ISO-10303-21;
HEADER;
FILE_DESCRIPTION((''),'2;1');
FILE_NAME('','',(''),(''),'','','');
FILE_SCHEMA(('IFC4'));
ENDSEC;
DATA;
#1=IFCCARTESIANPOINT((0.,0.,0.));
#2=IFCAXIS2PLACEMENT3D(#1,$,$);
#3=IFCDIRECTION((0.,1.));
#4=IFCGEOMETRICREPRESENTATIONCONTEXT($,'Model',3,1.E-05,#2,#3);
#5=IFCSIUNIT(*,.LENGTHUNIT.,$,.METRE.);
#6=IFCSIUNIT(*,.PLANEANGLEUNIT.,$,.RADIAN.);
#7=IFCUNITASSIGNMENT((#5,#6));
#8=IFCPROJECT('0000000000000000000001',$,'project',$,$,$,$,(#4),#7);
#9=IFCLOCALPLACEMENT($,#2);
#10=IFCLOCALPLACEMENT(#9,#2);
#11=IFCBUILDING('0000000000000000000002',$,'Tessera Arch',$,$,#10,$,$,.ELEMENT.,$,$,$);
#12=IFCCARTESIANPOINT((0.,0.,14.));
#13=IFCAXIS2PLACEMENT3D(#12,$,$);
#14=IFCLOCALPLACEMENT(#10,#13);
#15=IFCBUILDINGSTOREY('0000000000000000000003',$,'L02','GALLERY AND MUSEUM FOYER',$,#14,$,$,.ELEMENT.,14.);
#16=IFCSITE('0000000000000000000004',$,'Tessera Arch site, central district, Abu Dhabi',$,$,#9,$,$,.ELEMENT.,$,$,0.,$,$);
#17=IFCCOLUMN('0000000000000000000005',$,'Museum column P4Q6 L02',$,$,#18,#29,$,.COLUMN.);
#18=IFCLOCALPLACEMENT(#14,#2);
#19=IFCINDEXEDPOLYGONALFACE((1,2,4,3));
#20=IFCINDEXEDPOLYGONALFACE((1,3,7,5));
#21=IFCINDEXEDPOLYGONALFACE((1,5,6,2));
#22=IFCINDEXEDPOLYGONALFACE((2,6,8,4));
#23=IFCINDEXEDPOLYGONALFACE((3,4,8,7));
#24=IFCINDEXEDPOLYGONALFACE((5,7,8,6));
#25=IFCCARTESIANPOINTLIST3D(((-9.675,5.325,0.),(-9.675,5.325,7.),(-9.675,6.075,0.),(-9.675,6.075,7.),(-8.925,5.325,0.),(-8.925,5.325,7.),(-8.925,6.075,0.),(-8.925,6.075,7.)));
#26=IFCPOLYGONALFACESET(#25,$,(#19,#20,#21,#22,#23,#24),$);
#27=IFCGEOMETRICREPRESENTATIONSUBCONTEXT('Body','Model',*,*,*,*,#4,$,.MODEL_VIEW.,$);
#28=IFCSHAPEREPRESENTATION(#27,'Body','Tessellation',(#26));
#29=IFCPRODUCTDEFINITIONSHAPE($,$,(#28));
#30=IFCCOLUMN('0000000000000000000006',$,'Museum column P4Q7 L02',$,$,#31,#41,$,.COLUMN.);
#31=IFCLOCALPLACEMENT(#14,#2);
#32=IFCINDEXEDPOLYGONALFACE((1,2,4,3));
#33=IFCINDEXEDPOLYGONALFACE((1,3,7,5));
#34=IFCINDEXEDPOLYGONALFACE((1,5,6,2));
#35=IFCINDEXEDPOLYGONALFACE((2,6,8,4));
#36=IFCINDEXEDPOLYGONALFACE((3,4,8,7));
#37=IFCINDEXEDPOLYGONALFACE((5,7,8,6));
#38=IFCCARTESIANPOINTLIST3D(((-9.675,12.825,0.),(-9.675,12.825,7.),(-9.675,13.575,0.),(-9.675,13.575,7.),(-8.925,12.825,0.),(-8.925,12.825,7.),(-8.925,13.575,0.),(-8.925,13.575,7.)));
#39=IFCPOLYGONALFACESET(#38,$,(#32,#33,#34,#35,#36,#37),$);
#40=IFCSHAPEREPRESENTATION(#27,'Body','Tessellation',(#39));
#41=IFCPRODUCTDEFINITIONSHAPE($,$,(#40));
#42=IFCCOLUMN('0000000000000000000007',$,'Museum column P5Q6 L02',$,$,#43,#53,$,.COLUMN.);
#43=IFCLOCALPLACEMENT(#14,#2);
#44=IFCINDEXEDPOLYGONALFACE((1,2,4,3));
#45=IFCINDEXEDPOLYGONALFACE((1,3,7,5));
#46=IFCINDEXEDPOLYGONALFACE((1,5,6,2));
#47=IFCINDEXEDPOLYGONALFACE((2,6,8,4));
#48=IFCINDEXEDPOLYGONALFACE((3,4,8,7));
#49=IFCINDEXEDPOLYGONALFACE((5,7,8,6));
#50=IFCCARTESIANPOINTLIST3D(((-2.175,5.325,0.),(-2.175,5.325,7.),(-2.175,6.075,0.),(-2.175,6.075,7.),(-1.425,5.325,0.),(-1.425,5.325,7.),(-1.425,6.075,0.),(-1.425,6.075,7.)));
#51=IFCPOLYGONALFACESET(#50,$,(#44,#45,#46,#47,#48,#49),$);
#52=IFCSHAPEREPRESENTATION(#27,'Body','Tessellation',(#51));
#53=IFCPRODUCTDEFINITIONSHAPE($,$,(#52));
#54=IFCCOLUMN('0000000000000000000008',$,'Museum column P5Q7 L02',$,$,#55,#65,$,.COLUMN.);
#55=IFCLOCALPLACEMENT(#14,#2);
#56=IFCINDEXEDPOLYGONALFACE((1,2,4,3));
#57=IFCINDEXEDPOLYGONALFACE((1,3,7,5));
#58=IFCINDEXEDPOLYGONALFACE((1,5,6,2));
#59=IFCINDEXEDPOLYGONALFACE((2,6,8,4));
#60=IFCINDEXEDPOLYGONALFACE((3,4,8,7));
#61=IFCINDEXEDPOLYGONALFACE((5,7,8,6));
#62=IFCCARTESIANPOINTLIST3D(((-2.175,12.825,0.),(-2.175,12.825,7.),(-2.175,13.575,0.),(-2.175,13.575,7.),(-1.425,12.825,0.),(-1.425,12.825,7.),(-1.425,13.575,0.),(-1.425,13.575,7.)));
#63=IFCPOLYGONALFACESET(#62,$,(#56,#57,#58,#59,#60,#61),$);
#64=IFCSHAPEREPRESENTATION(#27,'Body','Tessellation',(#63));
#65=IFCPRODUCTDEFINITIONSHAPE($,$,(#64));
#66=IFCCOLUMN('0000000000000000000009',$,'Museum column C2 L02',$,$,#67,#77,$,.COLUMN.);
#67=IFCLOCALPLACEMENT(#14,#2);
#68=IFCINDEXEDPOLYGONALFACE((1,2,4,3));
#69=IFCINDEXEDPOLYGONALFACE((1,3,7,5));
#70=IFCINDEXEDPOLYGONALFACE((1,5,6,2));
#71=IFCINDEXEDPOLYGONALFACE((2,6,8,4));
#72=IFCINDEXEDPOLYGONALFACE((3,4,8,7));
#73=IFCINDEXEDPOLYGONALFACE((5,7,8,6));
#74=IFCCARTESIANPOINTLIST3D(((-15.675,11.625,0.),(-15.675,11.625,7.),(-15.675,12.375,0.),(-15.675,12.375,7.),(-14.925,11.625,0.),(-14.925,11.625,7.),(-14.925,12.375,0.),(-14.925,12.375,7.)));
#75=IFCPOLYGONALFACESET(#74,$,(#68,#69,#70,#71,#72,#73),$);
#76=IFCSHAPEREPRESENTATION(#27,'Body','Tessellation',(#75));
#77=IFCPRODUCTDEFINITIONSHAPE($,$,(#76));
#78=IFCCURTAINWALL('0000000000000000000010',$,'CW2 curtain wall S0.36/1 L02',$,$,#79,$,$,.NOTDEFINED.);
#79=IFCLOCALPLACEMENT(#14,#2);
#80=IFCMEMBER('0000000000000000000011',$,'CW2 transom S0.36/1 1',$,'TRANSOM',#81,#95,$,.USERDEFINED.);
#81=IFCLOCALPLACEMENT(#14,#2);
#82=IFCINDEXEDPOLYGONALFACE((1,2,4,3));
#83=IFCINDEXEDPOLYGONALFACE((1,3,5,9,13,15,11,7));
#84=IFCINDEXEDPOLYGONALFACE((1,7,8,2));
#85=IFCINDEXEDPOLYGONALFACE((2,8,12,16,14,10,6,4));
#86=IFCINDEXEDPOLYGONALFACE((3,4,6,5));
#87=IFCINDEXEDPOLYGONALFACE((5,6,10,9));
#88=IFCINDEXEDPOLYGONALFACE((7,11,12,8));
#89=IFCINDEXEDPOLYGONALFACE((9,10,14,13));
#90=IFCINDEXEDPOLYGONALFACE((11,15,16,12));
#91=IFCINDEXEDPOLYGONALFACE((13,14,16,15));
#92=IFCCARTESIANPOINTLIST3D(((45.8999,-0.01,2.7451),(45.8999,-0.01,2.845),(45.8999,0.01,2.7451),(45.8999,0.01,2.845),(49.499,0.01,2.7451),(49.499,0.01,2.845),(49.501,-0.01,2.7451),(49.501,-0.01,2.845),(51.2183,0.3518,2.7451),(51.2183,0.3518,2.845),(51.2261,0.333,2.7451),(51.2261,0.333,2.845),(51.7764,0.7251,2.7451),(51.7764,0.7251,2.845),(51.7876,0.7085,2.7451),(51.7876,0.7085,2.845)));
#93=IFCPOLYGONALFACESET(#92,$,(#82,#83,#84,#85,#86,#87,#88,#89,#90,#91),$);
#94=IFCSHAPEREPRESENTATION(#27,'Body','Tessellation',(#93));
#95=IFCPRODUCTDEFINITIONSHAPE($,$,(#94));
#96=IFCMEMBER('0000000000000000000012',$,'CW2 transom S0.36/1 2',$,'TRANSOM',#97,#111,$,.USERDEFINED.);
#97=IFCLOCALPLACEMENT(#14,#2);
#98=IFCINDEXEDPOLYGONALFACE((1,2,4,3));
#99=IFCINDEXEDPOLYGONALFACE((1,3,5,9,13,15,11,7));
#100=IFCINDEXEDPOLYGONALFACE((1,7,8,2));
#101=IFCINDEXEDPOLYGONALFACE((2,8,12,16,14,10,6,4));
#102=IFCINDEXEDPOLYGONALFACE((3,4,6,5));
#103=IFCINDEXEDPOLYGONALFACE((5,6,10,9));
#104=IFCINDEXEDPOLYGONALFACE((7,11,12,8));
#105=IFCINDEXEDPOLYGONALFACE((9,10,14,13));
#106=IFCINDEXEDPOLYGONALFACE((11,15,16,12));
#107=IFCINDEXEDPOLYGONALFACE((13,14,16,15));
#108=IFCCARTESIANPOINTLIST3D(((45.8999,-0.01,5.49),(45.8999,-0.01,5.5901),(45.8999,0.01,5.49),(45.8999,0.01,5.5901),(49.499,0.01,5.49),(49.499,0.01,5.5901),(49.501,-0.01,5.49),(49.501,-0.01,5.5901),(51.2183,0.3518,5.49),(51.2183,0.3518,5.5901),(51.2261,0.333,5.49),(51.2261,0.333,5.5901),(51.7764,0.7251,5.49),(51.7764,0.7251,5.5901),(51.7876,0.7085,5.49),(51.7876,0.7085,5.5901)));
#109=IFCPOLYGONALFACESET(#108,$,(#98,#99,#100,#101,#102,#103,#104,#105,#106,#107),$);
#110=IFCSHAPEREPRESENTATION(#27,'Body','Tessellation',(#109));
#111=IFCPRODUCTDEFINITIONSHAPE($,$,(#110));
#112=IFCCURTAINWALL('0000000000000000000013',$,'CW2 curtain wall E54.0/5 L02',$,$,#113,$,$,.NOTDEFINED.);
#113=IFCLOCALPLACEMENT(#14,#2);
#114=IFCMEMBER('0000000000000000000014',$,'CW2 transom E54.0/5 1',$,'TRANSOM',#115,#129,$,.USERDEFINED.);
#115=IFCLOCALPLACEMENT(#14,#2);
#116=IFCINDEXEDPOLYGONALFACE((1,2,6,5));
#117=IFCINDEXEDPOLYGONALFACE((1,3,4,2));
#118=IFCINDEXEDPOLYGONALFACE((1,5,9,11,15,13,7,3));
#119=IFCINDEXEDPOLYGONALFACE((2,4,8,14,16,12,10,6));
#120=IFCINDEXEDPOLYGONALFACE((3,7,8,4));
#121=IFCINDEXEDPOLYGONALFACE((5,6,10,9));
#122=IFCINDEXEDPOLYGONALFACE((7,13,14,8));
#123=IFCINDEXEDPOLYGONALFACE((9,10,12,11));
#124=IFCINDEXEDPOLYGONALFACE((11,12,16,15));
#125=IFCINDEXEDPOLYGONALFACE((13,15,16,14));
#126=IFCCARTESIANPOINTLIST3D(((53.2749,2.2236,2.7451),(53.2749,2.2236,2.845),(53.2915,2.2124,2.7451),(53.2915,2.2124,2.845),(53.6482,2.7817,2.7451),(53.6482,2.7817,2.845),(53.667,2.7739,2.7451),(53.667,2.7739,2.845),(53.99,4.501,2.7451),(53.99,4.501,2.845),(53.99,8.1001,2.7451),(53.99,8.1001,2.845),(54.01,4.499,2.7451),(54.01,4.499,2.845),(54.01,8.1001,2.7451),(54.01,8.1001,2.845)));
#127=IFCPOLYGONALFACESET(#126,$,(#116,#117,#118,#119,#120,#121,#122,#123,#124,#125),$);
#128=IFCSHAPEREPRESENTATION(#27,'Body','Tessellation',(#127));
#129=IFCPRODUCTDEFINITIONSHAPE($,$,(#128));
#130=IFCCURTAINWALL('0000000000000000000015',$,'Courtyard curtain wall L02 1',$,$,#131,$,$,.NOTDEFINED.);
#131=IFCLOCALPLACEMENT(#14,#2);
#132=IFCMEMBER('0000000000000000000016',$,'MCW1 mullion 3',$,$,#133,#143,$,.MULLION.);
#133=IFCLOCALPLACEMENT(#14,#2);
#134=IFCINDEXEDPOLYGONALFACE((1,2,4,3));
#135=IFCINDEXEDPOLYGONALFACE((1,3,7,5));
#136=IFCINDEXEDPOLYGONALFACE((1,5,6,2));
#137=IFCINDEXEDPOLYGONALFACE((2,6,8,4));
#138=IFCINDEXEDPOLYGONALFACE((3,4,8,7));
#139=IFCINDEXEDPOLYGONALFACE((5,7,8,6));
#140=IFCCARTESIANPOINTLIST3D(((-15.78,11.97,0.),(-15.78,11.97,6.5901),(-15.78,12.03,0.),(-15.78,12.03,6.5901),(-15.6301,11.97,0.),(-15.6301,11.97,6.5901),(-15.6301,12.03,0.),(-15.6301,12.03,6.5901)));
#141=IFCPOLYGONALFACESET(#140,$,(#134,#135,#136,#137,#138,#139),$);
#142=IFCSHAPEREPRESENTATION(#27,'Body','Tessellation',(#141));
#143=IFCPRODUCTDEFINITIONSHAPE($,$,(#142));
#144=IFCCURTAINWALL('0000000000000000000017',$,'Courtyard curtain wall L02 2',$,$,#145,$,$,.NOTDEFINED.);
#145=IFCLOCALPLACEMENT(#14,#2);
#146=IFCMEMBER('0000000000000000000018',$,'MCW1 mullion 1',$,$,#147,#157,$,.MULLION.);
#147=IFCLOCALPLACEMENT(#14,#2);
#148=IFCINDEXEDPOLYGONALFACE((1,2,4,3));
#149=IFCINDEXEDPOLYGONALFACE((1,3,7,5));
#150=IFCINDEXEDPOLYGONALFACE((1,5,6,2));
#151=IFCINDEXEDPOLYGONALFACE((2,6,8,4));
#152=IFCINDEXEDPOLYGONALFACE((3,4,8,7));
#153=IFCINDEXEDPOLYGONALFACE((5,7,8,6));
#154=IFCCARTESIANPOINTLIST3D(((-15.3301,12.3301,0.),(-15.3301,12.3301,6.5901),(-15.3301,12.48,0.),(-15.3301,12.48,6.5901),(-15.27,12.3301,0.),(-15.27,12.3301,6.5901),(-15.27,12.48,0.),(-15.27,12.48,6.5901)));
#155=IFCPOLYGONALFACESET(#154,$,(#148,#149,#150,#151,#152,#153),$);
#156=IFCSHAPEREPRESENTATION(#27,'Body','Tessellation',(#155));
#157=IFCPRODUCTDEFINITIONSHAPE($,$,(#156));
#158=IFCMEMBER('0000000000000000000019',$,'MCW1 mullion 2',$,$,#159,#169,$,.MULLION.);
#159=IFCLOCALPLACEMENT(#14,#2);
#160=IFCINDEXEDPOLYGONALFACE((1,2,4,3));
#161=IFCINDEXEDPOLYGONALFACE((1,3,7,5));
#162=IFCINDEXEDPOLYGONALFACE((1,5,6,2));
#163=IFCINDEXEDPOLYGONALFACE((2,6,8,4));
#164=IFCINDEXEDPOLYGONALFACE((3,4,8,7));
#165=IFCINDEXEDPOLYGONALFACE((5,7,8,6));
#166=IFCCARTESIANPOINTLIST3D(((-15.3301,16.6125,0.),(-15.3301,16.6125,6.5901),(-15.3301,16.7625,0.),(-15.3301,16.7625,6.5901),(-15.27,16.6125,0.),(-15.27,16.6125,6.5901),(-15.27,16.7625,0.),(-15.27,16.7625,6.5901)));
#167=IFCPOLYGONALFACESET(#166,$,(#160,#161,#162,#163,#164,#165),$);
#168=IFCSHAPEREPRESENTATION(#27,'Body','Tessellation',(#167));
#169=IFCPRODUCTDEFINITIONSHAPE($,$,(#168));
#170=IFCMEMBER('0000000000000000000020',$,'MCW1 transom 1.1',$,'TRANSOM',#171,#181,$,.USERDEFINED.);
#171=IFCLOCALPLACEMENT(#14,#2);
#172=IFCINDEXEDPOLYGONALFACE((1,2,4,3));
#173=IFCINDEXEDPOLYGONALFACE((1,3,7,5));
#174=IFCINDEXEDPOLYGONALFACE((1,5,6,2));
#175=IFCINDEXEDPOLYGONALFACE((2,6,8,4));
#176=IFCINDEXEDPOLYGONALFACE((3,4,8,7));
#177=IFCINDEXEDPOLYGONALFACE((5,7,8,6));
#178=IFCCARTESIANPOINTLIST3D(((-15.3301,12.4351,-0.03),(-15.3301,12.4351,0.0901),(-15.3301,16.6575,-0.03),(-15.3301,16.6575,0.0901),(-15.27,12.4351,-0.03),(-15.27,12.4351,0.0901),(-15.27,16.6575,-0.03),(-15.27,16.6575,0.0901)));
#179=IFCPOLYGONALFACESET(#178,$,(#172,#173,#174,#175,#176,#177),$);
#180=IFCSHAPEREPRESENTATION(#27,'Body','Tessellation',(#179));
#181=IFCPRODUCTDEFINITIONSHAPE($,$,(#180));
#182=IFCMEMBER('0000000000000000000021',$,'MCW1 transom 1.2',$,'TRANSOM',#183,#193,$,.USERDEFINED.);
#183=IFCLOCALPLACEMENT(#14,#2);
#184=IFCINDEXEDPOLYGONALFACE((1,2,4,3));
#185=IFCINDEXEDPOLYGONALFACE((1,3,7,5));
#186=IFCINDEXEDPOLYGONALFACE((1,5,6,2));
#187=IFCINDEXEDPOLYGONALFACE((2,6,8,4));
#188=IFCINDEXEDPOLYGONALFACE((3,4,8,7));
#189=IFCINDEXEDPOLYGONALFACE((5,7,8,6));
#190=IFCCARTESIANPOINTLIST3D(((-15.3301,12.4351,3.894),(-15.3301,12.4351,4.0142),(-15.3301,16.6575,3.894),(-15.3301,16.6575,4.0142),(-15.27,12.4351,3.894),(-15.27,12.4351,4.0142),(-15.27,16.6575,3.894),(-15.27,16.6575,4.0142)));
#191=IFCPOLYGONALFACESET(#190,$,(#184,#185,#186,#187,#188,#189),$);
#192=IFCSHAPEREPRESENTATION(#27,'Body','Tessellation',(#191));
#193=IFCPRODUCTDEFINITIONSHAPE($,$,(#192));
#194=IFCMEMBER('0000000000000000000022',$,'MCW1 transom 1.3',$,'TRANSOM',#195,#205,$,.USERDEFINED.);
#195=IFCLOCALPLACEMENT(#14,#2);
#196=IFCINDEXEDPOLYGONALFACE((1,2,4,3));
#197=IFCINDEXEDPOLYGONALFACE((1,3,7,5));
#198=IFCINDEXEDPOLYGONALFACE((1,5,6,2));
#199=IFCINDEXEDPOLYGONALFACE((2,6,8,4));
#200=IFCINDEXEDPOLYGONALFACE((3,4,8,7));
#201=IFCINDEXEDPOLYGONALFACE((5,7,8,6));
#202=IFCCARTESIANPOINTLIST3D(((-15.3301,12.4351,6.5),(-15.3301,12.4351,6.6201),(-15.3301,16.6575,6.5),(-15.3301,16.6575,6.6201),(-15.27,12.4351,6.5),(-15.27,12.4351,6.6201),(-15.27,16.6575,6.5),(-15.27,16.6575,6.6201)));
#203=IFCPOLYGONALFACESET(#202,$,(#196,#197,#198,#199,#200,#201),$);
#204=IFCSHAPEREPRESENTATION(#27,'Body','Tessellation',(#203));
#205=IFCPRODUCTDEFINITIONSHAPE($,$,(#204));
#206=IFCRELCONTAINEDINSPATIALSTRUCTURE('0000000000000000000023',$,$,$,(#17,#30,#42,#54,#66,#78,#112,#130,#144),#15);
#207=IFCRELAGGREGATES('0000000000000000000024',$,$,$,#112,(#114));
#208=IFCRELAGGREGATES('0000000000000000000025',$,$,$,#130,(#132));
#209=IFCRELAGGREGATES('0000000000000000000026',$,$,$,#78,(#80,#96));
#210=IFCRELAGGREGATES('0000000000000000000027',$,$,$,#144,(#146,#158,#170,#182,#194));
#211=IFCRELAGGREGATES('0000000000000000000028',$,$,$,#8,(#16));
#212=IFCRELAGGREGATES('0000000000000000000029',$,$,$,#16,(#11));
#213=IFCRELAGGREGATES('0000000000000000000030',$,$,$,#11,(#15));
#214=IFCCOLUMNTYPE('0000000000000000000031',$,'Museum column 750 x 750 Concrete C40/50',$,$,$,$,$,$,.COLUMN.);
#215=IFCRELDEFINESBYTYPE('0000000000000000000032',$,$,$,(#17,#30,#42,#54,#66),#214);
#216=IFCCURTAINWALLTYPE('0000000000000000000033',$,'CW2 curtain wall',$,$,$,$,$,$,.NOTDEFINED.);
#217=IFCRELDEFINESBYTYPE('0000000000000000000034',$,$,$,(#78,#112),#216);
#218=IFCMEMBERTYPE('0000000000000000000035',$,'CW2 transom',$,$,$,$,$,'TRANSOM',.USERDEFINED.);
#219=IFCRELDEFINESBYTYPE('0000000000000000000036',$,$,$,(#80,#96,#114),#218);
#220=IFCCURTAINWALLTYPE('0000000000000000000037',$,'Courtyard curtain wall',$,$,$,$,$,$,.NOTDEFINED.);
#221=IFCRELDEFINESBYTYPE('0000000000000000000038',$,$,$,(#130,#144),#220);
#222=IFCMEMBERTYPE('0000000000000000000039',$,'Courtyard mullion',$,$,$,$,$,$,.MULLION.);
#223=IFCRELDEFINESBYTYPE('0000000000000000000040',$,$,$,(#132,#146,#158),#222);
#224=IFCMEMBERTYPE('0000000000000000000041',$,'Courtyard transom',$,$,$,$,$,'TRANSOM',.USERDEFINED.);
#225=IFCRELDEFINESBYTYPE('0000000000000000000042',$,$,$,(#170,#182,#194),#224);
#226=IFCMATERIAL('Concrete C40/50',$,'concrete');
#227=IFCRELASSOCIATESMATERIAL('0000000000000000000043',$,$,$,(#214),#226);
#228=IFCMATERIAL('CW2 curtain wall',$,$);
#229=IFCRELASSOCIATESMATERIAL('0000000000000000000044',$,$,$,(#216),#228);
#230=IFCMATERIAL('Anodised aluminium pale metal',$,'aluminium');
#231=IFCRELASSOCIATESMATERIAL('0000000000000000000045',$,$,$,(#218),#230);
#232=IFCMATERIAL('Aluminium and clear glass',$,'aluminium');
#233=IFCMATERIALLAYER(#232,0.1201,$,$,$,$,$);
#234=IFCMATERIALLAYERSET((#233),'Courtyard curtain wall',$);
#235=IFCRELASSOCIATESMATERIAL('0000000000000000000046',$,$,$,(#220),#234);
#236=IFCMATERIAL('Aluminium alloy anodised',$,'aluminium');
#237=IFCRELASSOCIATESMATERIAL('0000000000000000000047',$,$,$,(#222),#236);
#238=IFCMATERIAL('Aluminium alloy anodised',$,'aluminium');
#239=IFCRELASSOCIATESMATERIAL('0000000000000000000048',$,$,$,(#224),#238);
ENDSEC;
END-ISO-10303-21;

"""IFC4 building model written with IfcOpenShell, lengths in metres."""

from ifc_helpers import new_model, si_unit, direction, frame, origin, origin_2d, place, context, subcontext, project, spatial, polyline, rectangle, outline, extrude, material, layer, layer_set, material_profile, profile_set, type_object, element, aggregate, save


model = new_model("IFC4")

# Units and contexts
model_context = context("Model", 3, precision=1e-05, world=origin(), true_north=direction((0.0, 1.0)))
body_context = subcontext(model_context, "Body", "Model", "MODEL_VIEW")
ifc_project = project(units=[si_unit("LENGTHUNIT", "METRE"), si_unit("PLANEANGLEUNIT", "RADIAN")], contexts=[model_context])

# Site, building, storey
site_placement = place(None, origin())
site = spatial("IfcSite", under=ifc_project, at=site_placement, Name="Tessera Arch site, central district, Abu Dhabi", CompositionType="ELEMENT", RefElevation=0.0)
building_placement = place(site_placement, origin())
building = spatial("IfcBuilding", under=site, at=building_placement, Name="Tessera Arch", CompositionType="ELEMENT")
storey_placement = place(building_placement, frame((0.0, 0.0, 14.0)))
storey = spatial("IfcBuildingStorey", under=building, at=storey_placement, Name="L02", Description="GALLERY AND MUSEUM FOYER", CompositionType="ELEMENT", Elevation=14.0)

# Columns
ifc_material_1 = material(Name="Concrete C40/50", Category="concrete")
ifc_material_profile_1 = material_profile(ifc_material_1, rectangle(XDim=0.75, YDim=0.75, at=origin_2d()), Name="Museum column 750 x 750 Concrete C40/50")
ifc_profile_set_1 = profile_set([ifc_material_profile_1], Name="Concrete C40/50")
column_type = type_object("IfcColumnType", Name="Museum column 750 x 750 Concrete C40/50", PredefinedType="COLUMN", material=ifc_profile_set_1)
for number, where, z_axis, x_axis, name in (
    (1, (-9.3, 5.7, 0.0), (0.0, 0.0, 1.0), (1.0, 0.0, 0.0), "Museum column P4Q6 L02"),
    (2, (-9.3, 13.2, 0.0), (0.0, 0.0, 1.0), (1.0, 0.0, 0.0), "Museum column P4Q7 L02"),
    (3, (-1.8, 5.7, 0.0), (0.0, 0.0, 1.0), (1.0, 0.0, 0.0), "Museum column P5Q6 L02"),
    (4, (-1.8, 13.2, 0.0), (0.0, 0.0, 1.0), (1.0, 0.0, 0.0), "Museum column P5Q7 L02"),
    (5, (-15.3, 12.0, 0.0), (0.0, 0.0, 1.0), (1.0, 0.0, 0.0), "Museum column C2 L02"),
):
    element("IfcColumn", number, at=place(storey_placement, frame(where, z_axis=z_axis, x_axis=x_axis)), inside=storey, type_object=column_type, Name=name, PredefinedType="COLUMN", context=body_context, shape_type="SweptSolid", body=[
        extrude(rectangle(XDim=0.75, YDim=0.75, at=origin_2d()), origin(), (0.0, 0.0, 1.0), 7.0),
    ])

# Curtain wall, members
ifc_material_2 = material(Name="CW2 curtain wall")
curtain_wall_type_1 = type_object("IfcCurtainWallType", Name="CW2 curtain wall", PredefinedType="NOTDEFINED", material=ifc_material_2)
curtain_wall_1_placement = place(storey_placement, origin())
curtain_wall_1 = element("IfcCurtainWall", 6, at=curtain_wall_1_placement, inside=storey, type_object=curtain_wall_type_1, Name="CW2 curtain wall S0.36/1 L02", PredefinedType="NOTDEFINED")
ifc_material_3 = material(Name="Anodised aluminium pale metal", Category="aluminium")
ifc_material_profile_2 = material_profile(ifc_material_3, rectangle(XDim=0.2, YDim=0.1001, at=origin_2d()), Name="AL 200x100")
ifc_profile_set_2 = profile_set([ifc_material_profile_2], Name="Anodised aluminium pale metal")
member_type_1 = type_object("IfcMemberType", Name="CW2 transom", ElementType="TRANSOM", PredefinedType="USERDEFINED", material=ifc_profile_set_2)
member_1_placement = place(storey_placement, frame((0.0, 0.0, 2.7451)))
member_1 = element("IfcMember", 7, at=member_1_placement, type_object=member_type_1, Name="CW2 transom S0.36/1 1", ObjectType="TRANSOM", PredefinedType="USERDEFINED", context=body_context, shape_type="SweptSolid", body=[
    extrude(outline(polyline([(49.499, 0.01), (45.8999, 0.01), (45.8999, -0.01), (49.501, -0.01), (51.2261, 0.333), (51.7876, 0.7085), (51.7764, 0.7251), (51.2183, 0.3518), (49.499, 0.01)])), origin(), (0.0, 0.0, 1.0), 0.0999),
])
member_2_placement = place(storey_placement, frame((0.0, 0.0, 5.49)))
member_2 = element("IfcMember", 8, at=member_2_placement, type_object=member_type_1, Name="CW2 transom S0.36/1 2", ObjectType="TRANSOM", PredefinedType="USERDEFINED", context=body_context, shape_type="SweptSolid", body=[
    extrude(outline(polyline([(49.499, 0.01), (45.8999, 0.01), (45.8999, -0.01), (49.501, -0.01), (51.2261, 0.333), (51.7876, 0.7085), (51.7764, 0.7251), (51.2183, 0.3518), (49.499, 0.01)])), origin(), (0.0, 0.0, 1.0), 0.1001),
])

# Curtain walls, members
curtain_wall_2_placement = place(storey_placement, origin())
curtain_wall_2 = element("IfcCurtainWall", 9, at=curtain_wall_2_placement, inside=storey, type_object=curtain_wall_type_1, Name="CW2 curtain wall E54.0/5 L02", PredefinedType="NOTDEFINED")
member_3_placement = place(storey_placement, frame((0.0, 0.0, 2.7451)))
member_3 = element("IfcMember", 10, at=member_3_placement, type_object=member_type_1, Name="CW2 transom E54.0/5 1", ObjectType="TRANSOM", PredefinedType="USERDEFINED", context=body_context, shape_type="SweptSolid", body=[
    extrude(outline(polyline([(53.6482, 2.7817), (53.2749, 2.2236), (53.2915, 2.2124), (53.667, 2.7739), (54.01, 4.499), (54.01, 8.1001), (53.99, 8.1001), (53.99, 4.501), (53.6482, 2.7817)])), origin(), (0.0, 0.0, 1.0), 0.0999),
])
aggregate(curtain_wall_2, [member_3])
ifc_material_4 = material(Name="Aluminium and clear glass", Category="aluminium")
ifc_layer_1 = layer(ifc_material_4, 0.1201)
ifc_layer_set_1 = layer_set([ifc_layer_1], Name="Courtyard curtain wall")
curtain_wall_type_2 = type_object("IfcCurtainWallType", Name="Courtyard curtain wall", PredefinedType="NOTDEFINED", material=ifc_layer_set_1)
curtain_wall_3_placement = place(storey_placement, origin())
curtain_wall_3 = element("IfcCurtainWall", 11, at=curtain_wall_3_placement, inside=storey, type_object=curtain_wall_type_2, Name="Courtyard curtain wall L02 1", PredefinedType="NOTDEFINED")
ifc_material_5 = material(Name="Aluminium alloy anodised", Category="aluminium")
ifc_material_profile_3 = material_profile(ifc_material_5, rectangle(XDim=0.0601, YDim=0.1499, at=origin_2d()), Name="Courtyard mullion")
ifc_profile_set_3 = profile_set([ifc_material_profile_3], Name="Aluminium alloy anodised")
member_type_2 = type_object("IfcMemberType", Name="Courtyard mullion", PredefinedType="MULLION", material=ifc_profile_set_3)
member_4_placement = place(storey_placement, frame((-15.7051, 12.0, 0.0), z_axis=(0.0, 0.0, 1.0), x_axis=(0.0, 1.0, 0.0)))
member_4 = element("IfcMember", 12, at=member_4_placement, type_object=member_type_2, Name="MCW1 mullion 3", PredefinedType="MULLION", context=body_context, shape_type="SweptSolid", body=[
    extrude(rectangle(XDim=0.0601, YDim=0.1499, at=origin_2d()), origin(), (0.0, 0.0, 1.0), 6.5901),
])
aggregate(curtain_wall_3, [member_4])

# Curtain wall, members
curtain_wall_4_placement = place(storey_placement, origin())
curtain_wall_4 = element("IfcCurtainWall", 13, at=curtain_wall_4_placement, inside=storey, type_object=curtain_wall_type_2, Name="Courtyard curtain wall L02 2", PredefinedType="NOTDEFINED")
member_5_placement = place(storey_placement, frame((-15.3, 12.405, 0.0), z_axis=(0.0, 0.0, 1.0), x_axis=(-1.0, 0.0, 0.0)))
member_5 = element("IfcMember", 14, at=member_5_placement, type_object=member_type_2, Name="MCW1 mullion 1", PredefinedType="MULLION", context=body_context, shape_type="SweptSolid", body=[
    extrude(rectangle(XDim=0.0601, YDim=0.1499, at=origin_2d()), origin(), (0.0, 0.0, 1.0), 6.5901),
])
member_6_placement = place(storey_placement, frame((-15.3, 16.6875, 0.0), z_axis=(0.0, 0.0, 1.0), x_axis=(-1.0, 0.0, 0.0)))
member_6 = element("IfcMember", 15, at=member_6_placement, type_object=member_type_2, Name="MCW1 mullion 2", PredefinedType="MULLION", context=body_context, shape_type="SweptSolid", body=[
    extrude(rectangle(XDim=0.0601, YDim=0.1499, at=origin_2d()), origin(), (0.0, 0.0, 1.0), 6.5901),
])
ifc_material_6 = material(Name="Aluminium alloy anodised", Category="aluminium")
ifc_material_profile_4 = material_profile(ifc_material_6, rectangle(XDim=0.0601, YDim=0.1201, at=origin_2d()), Name="Courtyard transom")
ifc_profile_set_4 = profile_set([ifc_material_profile_4], Name="Aluminium alloy anodised")
member_type_3 = type_object("IfcMemberType", Name="Courtyard transom", ElementType="TRANSOM", PredefinedType="USERDEFINED", material=ifc_profile_set_4)
member_7_placement = place(storey_placement, frame((-15.3, 12.4351, 0.03), z_axis=(0.0, 1.0, 0.0), x_axis=(-1.0, 0.0, 0.0)))
member_7 = element("IfcMember", 16, at=member_7_placement, type_object=member_type_3, Name="MCW1 transom 1.1", ObjectType="TRANSOM", PredefinedType="USERDEFINED", context=body_context, shape_type="SweptSolid", body=[
    extrude(rectangle(XDim=0.0601, YDim=0.1201, at=origin_2d()), origin(), (0.0, 0.0, 1.0), 4.2224),
])
member_8_placement = place(storey_placement, frame((-15.3, 12.4351, 3.9541), z_axis=(0.0, 1.0, 0.0), x_axis=(-1.0, 0.0, 0.0)))
member_8 = element("IfcMember", 17, at=member_8_placement, type_object=member_type_3, Name="MCW1 transom 1.2", ObjectType="TRANSOM", PredefinedType="USERDEFINED", context=body_context, shape_type="SweptSolid", body=[
    extrude(rectangle(XDim=0.0601, YDim=0.1201, at=origin_2d()), origin(), (0.0, 0.0, 1.0), 4.2224),
])
member_9_placement = place(storey_placement, frame((-15.3, 12.4351, 6.5601), z_axis=(0.0, 1.0, 0.0), x_axis=(-1.0, 0.0, 0.0)))
member_9 = element("IfcMember", 18, at=member_9_placement, type_object=member_type_3, Name="MCW1 transom 1.3", ObjectType="TRANSOM", PredefinedType="USERDEFINED", context=body_context, shape_type="SweptSolid", body=[
    extrude(rectangle(XDim=0.0601, YDim=0.1201, at=origin_2d()), origin(), (0.0, 0.0, 1.0), 4.2224),
])

aggregate(curtain_wall_1, [member_1, member_2])
aggregate(curtain_wall_4, [member_5, member_6, member_7, member_8, member_9])

save(model, "model.ifc")
